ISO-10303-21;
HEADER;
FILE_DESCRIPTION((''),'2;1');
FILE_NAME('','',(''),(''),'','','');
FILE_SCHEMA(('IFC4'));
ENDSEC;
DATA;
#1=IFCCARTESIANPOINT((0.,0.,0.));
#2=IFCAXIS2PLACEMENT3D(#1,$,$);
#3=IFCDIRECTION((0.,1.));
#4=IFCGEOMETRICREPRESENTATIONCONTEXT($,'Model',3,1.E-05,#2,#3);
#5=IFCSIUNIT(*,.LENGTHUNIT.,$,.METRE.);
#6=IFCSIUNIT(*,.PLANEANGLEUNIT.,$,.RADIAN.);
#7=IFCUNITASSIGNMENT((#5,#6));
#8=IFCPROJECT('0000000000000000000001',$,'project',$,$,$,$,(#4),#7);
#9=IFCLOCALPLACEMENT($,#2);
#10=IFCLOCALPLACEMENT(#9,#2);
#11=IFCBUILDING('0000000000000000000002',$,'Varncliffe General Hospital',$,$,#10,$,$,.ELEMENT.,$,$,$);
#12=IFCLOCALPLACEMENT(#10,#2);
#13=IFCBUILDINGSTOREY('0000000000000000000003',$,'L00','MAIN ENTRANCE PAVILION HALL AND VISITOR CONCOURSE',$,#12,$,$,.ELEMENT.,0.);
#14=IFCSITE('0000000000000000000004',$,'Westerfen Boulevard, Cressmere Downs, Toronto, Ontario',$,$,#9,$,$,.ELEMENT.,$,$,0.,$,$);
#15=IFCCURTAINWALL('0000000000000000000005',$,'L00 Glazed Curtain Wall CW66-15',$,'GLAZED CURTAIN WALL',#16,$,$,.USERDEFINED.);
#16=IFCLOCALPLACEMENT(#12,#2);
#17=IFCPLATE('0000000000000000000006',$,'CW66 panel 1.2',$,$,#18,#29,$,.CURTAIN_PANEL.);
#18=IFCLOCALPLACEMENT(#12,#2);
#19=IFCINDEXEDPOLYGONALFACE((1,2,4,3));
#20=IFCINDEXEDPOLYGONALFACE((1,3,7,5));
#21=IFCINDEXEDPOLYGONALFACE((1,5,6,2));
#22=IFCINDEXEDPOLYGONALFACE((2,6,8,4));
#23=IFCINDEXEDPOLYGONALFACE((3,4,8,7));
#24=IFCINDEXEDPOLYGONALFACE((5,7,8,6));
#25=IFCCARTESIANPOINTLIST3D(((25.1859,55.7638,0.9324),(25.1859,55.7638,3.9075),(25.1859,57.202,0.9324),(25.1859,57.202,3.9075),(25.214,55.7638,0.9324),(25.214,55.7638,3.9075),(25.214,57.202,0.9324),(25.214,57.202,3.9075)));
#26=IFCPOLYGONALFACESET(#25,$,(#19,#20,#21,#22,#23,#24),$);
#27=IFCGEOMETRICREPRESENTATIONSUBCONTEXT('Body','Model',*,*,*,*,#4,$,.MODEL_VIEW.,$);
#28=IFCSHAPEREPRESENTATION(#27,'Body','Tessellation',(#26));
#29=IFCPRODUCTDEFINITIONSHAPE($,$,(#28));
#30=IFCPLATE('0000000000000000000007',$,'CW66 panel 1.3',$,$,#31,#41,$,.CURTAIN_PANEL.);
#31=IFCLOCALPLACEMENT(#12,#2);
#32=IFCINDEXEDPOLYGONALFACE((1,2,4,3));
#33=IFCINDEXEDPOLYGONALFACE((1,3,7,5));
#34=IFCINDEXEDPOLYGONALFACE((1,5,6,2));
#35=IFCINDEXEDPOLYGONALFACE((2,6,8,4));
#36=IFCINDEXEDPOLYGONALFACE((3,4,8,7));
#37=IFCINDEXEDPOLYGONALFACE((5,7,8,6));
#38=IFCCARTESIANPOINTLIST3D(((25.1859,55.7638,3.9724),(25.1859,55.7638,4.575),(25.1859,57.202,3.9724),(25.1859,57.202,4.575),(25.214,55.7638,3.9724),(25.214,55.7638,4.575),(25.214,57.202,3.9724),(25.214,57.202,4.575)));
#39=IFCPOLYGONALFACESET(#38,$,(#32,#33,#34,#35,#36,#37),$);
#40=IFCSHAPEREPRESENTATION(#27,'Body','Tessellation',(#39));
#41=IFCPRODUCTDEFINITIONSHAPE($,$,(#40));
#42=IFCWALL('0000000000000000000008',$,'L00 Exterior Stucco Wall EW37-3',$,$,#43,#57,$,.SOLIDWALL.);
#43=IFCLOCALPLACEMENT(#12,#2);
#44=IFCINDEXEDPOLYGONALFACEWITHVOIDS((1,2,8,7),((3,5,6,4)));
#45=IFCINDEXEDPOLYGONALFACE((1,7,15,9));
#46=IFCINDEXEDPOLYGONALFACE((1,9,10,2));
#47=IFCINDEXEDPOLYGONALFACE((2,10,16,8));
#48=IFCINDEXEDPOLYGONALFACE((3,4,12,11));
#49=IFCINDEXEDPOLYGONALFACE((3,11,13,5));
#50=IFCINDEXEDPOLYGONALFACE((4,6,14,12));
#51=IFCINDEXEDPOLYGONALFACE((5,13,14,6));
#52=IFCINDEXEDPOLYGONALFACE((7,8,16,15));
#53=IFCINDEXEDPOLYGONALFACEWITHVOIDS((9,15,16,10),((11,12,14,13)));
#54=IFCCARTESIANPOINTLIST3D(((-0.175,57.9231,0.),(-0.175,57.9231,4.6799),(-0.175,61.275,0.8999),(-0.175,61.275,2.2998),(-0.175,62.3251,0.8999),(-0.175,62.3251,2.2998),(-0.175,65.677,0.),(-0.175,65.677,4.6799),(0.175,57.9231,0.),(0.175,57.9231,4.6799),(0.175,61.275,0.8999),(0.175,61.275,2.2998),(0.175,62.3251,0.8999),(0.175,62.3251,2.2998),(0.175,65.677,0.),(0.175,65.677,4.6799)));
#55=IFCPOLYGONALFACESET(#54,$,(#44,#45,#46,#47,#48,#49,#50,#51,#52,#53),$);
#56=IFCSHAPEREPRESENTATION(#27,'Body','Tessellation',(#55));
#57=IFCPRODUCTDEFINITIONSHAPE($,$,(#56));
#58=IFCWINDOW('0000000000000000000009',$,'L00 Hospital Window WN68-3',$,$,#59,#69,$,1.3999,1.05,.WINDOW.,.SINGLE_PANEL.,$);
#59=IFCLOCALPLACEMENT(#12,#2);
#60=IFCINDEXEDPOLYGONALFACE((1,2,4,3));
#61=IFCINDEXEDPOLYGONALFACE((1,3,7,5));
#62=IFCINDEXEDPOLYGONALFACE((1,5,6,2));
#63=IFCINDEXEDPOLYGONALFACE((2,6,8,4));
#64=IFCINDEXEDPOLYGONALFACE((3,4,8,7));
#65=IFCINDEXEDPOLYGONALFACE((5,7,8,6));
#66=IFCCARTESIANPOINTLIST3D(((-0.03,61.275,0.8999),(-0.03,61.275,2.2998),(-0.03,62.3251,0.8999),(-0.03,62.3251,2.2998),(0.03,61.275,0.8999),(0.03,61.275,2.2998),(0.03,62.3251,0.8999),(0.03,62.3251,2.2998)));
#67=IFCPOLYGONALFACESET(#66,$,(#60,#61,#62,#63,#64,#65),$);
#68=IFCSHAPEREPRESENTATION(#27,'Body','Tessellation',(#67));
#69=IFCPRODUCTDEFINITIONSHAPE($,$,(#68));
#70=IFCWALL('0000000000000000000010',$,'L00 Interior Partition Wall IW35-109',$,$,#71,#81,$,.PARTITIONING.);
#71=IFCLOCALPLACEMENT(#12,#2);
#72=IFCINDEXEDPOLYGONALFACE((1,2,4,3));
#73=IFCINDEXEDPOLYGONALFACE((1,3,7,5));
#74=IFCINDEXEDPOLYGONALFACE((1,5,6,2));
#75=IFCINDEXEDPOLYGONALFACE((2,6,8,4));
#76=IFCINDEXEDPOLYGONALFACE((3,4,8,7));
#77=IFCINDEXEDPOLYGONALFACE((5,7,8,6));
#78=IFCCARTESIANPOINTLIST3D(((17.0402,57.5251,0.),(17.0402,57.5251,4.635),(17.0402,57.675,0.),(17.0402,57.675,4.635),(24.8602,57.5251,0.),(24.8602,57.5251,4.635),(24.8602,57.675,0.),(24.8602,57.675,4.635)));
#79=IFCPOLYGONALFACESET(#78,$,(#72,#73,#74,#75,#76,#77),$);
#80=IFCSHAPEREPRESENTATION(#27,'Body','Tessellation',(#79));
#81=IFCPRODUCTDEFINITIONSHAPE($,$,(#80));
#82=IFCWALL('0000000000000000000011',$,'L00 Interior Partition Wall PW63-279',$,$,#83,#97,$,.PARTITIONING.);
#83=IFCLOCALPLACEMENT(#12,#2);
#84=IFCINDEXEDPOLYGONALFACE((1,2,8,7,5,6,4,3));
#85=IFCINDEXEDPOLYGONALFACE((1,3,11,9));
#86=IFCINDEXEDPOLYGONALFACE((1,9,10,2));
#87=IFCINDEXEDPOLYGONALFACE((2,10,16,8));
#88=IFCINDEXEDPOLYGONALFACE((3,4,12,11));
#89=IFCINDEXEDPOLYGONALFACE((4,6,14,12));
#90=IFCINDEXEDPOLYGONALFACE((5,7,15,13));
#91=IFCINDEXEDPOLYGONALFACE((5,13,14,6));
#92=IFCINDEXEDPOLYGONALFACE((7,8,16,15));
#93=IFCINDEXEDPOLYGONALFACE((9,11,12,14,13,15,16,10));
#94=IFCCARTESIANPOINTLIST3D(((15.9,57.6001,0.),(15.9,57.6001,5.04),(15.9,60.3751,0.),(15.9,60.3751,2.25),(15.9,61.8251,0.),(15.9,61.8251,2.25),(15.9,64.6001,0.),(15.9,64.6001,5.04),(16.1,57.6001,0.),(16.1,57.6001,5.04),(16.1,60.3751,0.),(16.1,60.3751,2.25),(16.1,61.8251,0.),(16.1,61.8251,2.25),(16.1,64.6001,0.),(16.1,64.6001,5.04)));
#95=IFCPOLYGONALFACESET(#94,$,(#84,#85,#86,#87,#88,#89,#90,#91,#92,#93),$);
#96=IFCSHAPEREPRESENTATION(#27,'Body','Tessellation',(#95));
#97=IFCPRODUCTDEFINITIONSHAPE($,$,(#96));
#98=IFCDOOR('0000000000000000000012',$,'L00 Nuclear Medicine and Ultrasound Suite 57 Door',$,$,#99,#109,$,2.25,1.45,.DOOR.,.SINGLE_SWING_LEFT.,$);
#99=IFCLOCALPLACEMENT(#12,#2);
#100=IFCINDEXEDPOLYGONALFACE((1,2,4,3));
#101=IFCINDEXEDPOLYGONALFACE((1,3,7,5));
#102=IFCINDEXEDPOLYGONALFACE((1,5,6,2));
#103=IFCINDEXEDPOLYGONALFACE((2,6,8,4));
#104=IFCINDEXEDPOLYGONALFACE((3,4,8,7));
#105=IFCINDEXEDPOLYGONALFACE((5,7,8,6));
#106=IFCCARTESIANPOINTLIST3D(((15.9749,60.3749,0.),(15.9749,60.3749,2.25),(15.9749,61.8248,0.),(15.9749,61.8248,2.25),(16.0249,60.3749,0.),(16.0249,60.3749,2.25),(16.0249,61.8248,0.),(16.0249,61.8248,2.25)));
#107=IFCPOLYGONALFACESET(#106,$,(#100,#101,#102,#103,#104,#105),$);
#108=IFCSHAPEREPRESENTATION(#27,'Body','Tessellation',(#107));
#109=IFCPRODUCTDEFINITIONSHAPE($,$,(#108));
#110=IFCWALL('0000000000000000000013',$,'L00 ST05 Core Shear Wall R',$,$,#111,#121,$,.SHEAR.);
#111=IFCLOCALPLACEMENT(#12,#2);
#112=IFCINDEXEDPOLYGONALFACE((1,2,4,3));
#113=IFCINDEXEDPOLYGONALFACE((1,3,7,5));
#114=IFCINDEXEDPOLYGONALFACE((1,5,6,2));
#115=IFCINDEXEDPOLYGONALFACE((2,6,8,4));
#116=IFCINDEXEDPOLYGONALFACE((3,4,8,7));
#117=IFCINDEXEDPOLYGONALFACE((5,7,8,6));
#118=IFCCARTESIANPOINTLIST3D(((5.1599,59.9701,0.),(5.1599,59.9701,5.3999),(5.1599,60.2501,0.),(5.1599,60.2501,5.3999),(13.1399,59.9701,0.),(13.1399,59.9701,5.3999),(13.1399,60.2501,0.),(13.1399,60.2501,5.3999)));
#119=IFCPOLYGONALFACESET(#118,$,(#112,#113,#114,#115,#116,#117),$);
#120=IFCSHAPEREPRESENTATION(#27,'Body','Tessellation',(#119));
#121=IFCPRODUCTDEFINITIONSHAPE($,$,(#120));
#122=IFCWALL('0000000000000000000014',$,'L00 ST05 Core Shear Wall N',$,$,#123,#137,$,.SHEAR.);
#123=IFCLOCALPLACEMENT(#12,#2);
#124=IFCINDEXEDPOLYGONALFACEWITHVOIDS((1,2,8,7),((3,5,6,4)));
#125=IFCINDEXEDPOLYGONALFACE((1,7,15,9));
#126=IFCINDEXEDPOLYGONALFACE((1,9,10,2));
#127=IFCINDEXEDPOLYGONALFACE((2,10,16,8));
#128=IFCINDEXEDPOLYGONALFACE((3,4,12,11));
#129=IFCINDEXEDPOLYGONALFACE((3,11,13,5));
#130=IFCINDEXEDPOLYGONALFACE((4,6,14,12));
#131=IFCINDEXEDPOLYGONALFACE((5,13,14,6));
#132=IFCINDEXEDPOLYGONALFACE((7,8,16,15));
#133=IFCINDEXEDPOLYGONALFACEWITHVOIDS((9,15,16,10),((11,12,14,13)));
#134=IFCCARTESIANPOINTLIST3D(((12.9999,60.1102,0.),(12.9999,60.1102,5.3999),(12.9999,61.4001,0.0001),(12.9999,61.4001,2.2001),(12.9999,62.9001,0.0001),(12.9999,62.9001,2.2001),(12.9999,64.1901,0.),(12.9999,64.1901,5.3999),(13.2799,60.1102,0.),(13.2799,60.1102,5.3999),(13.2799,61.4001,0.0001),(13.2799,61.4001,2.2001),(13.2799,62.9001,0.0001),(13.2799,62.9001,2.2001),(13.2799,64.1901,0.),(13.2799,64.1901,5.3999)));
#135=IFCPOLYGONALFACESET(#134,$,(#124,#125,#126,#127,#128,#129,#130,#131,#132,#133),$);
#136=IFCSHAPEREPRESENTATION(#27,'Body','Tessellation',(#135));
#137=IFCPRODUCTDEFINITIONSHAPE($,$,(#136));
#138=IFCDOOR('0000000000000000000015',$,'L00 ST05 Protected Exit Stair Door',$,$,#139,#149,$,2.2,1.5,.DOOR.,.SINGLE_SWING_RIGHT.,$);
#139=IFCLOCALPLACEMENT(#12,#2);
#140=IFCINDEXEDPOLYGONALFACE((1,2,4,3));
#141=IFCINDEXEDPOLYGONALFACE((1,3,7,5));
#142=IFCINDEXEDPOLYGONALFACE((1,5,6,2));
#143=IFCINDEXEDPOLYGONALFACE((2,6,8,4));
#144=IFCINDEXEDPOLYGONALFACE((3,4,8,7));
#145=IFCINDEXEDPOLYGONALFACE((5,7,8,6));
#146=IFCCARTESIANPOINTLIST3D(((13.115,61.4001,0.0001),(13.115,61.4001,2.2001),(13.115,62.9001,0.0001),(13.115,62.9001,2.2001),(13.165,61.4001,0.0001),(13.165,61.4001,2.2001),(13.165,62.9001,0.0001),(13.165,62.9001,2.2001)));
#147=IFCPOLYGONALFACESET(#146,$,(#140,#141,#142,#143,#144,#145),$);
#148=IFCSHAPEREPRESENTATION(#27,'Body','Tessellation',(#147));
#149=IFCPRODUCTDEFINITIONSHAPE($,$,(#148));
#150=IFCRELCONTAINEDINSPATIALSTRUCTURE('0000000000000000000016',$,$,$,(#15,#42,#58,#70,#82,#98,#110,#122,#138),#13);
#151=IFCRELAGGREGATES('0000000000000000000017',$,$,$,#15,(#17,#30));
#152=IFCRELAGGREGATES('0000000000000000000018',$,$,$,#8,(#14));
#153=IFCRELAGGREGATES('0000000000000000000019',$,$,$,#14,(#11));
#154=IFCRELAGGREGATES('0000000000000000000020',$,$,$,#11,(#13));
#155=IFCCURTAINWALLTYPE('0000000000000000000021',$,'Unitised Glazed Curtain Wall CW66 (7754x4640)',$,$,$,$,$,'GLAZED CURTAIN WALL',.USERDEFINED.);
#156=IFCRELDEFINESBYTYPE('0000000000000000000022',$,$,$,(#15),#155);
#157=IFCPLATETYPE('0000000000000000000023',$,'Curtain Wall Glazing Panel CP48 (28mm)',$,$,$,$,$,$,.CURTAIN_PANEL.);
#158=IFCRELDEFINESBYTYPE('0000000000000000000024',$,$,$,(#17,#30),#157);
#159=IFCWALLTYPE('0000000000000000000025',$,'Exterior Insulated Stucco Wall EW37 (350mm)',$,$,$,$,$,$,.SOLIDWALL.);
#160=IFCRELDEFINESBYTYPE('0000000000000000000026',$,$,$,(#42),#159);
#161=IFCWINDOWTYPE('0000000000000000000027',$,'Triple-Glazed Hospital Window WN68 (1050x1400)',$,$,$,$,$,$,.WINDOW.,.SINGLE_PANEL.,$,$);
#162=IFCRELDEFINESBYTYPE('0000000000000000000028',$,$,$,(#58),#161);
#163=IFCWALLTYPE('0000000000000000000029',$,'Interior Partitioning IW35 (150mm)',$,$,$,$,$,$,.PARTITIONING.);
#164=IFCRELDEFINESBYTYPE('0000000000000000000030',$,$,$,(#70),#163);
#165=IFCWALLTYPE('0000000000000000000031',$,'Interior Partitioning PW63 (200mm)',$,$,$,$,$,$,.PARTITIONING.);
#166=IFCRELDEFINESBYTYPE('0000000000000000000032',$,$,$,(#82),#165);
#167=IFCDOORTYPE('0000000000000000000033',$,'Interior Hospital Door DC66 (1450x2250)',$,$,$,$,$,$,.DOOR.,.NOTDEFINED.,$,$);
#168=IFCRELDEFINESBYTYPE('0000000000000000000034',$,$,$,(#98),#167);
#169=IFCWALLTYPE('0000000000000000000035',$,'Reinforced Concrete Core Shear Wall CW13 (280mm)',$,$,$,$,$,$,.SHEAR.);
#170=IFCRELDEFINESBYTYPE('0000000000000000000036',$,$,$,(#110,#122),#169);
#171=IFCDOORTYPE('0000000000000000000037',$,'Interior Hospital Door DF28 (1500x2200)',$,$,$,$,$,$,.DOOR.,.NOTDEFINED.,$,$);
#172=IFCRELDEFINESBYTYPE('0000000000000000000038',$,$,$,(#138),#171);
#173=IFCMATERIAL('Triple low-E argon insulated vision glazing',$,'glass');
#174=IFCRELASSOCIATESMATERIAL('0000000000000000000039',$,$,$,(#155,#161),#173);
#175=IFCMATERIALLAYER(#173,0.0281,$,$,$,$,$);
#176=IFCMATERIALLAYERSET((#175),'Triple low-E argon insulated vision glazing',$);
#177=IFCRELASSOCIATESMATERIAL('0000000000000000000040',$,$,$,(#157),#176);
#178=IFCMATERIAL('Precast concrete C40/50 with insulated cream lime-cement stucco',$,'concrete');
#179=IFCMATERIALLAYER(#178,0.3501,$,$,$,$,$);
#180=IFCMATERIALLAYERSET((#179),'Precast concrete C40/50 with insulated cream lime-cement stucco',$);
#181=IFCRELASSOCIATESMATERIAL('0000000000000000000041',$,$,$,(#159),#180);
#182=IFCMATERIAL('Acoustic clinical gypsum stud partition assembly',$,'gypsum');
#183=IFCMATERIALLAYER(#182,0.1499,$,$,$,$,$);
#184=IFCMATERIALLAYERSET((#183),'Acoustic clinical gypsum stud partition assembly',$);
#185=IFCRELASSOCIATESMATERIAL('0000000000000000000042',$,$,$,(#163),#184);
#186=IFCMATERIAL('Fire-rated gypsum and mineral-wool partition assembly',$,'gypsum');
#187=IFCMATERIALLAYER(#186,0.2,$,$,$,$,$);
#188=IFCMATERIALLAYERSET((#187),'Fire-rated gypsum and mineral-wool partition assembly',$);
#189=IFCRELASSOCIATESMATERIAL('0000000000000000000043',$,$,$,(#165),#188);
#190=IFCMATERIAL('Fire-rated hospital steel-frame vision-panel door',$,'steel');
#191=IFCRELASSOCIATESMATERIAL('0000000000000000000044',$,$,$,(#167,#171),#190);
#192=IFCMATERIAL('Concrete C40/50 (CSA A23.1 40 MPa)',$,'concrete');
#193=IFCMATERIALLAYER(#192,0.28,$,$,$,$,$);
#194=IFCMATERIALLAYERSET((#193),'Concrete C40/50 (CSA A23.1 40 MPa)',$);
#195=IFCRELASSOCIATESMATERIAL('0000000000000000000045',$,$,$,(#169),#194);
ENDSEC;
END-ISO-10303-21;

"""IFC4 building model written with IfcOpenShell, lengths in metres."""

from ifc_helpers import new_model, si_unit, direction, frame, frame_2d, origin, origin_2d, place, context, subcontext, project, spatial, rectangle, extrude, material, layer, layer_set, type_object, element, fill, aggregate, save


model = new_model("IFC4")

# Units and contexts
model_context = context("Model", 3, precision=1e-05, world=origin(), true_north=direction((0.0, 1.0)))
body_context = subcontext(model_context, "Body", "Model", "MODEL_VIEW")
ifc_project = project(units=[si_unit("LENGTHUNIT", "METRE"), si_unit("PLANEANGLEUNIT", "RADIAN")], contexts=[model_context])

# Site, building, storey
site_placement = place(None, origin())
site = spatial("IfcSite", under=ifc_project, at=site_placement, Name="Westerfen Boulevard, Cressmere Downs, Toronto, Ontario", CompositionType="ELEMENT", RefElevation=0.0)
building_placement = place(site_placement, origin())
building = spatial("IfcBuilding", under=site, at=building_placement, Name="Varncliffe General Hospital", CompositionType="ELEMENT")
storey_placement = place(building_placement, origin())
storey = spatial("IfcBuildingStorey", under=building, at=storey_placement, Name="L00", Description="MAIN ENTRANCE PAVILION HALL AND VISITOR CONCOURSE", CompositionType="ELEMENT", Elevation=0.0)

# Shared definitions
ifc_material_1 = material(Name="Concrete C40/50 (CSA A23.1 40 MPa)", Category="concrete")

# Curtain wall
ifc_material_2 = material(Name="Triple low-E argon insulated vision glazing", Category="glass")
curtain_wall_type = type_object("IfcCurtainWallType", Name="Unitised Glazed Curtain Wall CW66 (7754x4640)", ElementType="GLAZED CURTAIN WALL", PredefinedType="USERDEFINED", material=ifc_material_2)
curtain_wall_placement = place(storey_placement, origin())
curtain_wall = element("IfcCurtainWall", 1, at=curtain_wall_placement, inside=storey, type_object=curtain_wall_type, Name="L00 Glazed Curtain Wall CW66-15", ObjectType="GLAZED CURTAIN WALL", PredefinedType="USERDEFINED")

# Plates
ifc_layer_1 = layer(ifc_material_2, 0.0281)
ifc_layer_set_1 = layer_set([ifc_layer_1], Name="Triple low-E argon insulated vision glazing")
plate_type = type_object("IfcPlateType", Name="Curtain Wall Glazing Panel CP48 (28mm)", PredefinedType="CURTAIN_PANEL", material=ifc_layer_set_1)
plate_1_placement = place(storey_placement, frame((25.2, 56.4829, 0.9324), z_axis=(0.0, 0.0, 1.0), x_axis=(0.0, -1.0, 0.0)))
plate_1 = element("IfcPlate", 2, at=plate_1_placement, type_object=plate_type, Name="CW66 panel 1.2", PredefinedType="CURTAIN_PANEL", context=body_context, shape_type="SweptSolid", body=[
    extrude(rectangle(XDim=1.4382, YDim=0.0281, at=origin_2d()), origin(), (0.0, 0.0, 1.0), 2.9751),
])
plate_2_placement = place(storey_placement, frame((25.2, 56.4829, 3.9724), z_axis=(0.0, 0.0, 1.0), x_axis=(0.0, -1.0, 0.0)))
plate_2 = element("IfcPlate", 3, at=plate_2_placement, type_object=plate_type, Name="CW66 panel 1.3", PredefinedType="CURTAIN_PANEL", context=body_context, shape_type="SweptSolid", body=[
    extrude(rectangle(XDim=1.4382, YDim=0.0281, at=origin_2d()), origin(), (0.0, 0.0, 1.0), 0.6025),
])
aggregate(curtain_wall, [plate_1, plate_2])

# Wall, opening, window
ifc_material_3 = material(Name="Precast concrete C40/50 with insulated cream lime-cement stucco", Category="concrete")
ifc_layer_2 = layer(ifc_material_3, 0.3501)
ifc_layer_set_2 = layer_set([ifc_layer_2], Name="Precast concrete C40/50 with insulated cream lime-cement stucco")
wall_type_1 = type_object("IfcWallType", Name="Exterior Insulated Stucco Wall EW37 (350mm)", PredefinedType="SOLIDWALL", material=ifc_layer_set_2)
wall_1_placement = place(storey_placement, frame((0.0, 57.9231, 0.0), z_axis=(0.0, 0.0, 1.0), x_axis=(0.0, 1.0, 0.0)))
wall_1 = element("IfcWall", 4, at=wall_1_placement, inside=storey, type_object=wall_type_1, Name="L00 Exterior Stucco Wall EW37-3", PredefinedType="SOLIDWALL", context=body_context, shape_type="SweptSolid", body=[
    extrude(rectangle(XDim=7.7539, YDim=0.3501, at=frame_2d((3.877, 0.0))), origin(), (0.0, 0.0, 1.0), 4.6799),
])
opening_1_placement = place(wall_1_placement, frame((3.3521, 0.0, 0.8999)))
opening_1 = element("IfcOpeningElement", 5, at=opening_1_placement, cuts=wall_1, PredefinedType="OPENING", context=body_context, shape_type="SweptSolid", body=[
    extrude(rectangle(XDim=1.05, YDim=1.3999, at=frame_2d((0.5249, 0.7))), frame((0.0, 0.1851, 0.0), z_axis=(0.0, -1.0, 0.0), x_axis=(1.0, 0.0, 0.0)), (0.0, 0.0, 1.0), 0.3701),
])
window_type = type_object("IfcWindowType", Name="Triple-Glazed Hospital Window WN68 (1050x1400)", PartitioningType="SINGLE_PANEL", PredefinedType="WINDOW", material=ifc_material_2)
window_placement = place(opening_1_placement, origin())
window = element("IfcWindow", 6, at=window_placement, inside=storey, type_object=window_type, Name="L00 Hospital Window WN68-3", OverallHeight=1.3999, OverallWidth=1.05, PartitioningType="SINGLE_PANEL", PredefinedType="WINDOW", context=body_context, shape_type="SweptSolid", body=[
    extrude(rectangle(XDim=1.05, YDim=1.3999, at=frame_2d((0.5249, 0.7))), frame((0.0, 0.03, 0.0), z_axis=(0.0, -1.0, 0.0), x_axis=(1.0, 0.0, 0.0)), (0.0, 0.0, 1.0), 0.0601),
])
fill(opening_1, window)

# Wall
ifc_material_4 = material(Name="Acoustic clinical gypsum stud partition assembly", Category="gypsum")
ifc_layer_3 = layer(ifc_material_4, 0.1499)
ifc_layer_set_3 = layer_set([ifc_layer_3], Name="Acoustic clinical gypsum stud partition assembly")
wall_type_2 = type_object("IfcWallType", Name="Interior Partitioning IW35 (150mm)", PredefinedType="PARTITIONING", material=ifc_layer_set_3)
wall_2_placement = place(storey_placement, frame((17.04, 57.6001, 0.0), z_axis=(0.0, 0.0, 1.0), x_axis=(1.0, 0.0, 0.0)))
element("IfcWall", 7, at=wall_2_placement, inside=storey, type_object=wall_type_2, Name="L00 Interior Partition Wall IW35-109", PredefinedType="PARTITIONING", context=body_context, shape_type="SweptSolid", body=[
    extrude(rectangle(XDim=7.8201, YDim=0.1499, at=frame_2d((3.9102, 0.0))), origin(), (0.0, 0.0, 1.0), 4.635),
])

# Wall, opening, door
ifc_material_5 = material(Name="Fire-rated gypsum and mineral-wool partition assembly", Category="gypsum")
ifc_layer_4 = layer(ifc_material_5, 0.2)
ifc_layer_set_4 = layer_set([ifc_layer_4], Name="Fire-rated gypsum and mineral-wool partition assembly")
wall_type_3 = type_object("IfcWallType", Name="Interior Partitioning PW63 (200mm)", PredefinedType="PARTITIONING", material=ifc_layer_set_4)
wall_3_placement = place(storey_placement, frame((16.0, 57.6001, 0.0), z_axis=(0.0, 0.0, 1.0), x_axis=(0.0, 1.0, 0.0)))
wall_3 = element("IfcWall", 8, at=wall_3_placement, inside=storey, type_object=wall_type_3, Name="L00 Interior Partition Wall PW63-279", PredefinedType="PARTITIONING", context=body_context, shape_type="SweptSolid", body=[
    extrude(rectangle(XDim=7.0, YDim=0.2, at=frame_2d((3.5, 0.0))), origin(), (0.0, 0.0, 1.0), 5.04),
])
opening_2_placement = place(wall_3_placement, frame((2.7749, 0.0, 0.0)))
opening_2 = element("IfcOpeningElement", 9, at=opening_2_placement, cuts=wall_3, PredefinedType="OPENING", context=body_context, shape_type="SweptSolid", body=[
    extrude(rectangle(XDim=1.45, YDim=2.25, at=frame_2d((0.7251, 1.125))), frame((0.0, 0.1099, 0.0), z_axis=(0.0, -1.0, 0.0), x_axis=(1.0, 0.0, 0.0)), (0.0, 0.0, 1.0), 0.22),
])
ifc_material_6 = material(Name="Fire-rated hospital steel-frame vision-panel door", Category="steel")
door_type_1 = type_object("IfcDoorType", Name="Interior Hospital Door DC66 (1450x2250)", OperationType="NOTDEFINED", PredefinedType="DOOR", material=ifc_material_6)
door_1_placement = place(opening_2_placement, frame((1.45, 0.0, 0.0), z_axis=(0.0, 0.0, 1.0), x_axis=(-1.0, 0.0, 0.0)))
door_1 = element("IfcDoor", 10, at=door_1_placement, inside=storey, type_object=door_type_1, Name="L00 Nuclear Medicine and Ultrasound Suite 57 Door", OperationType="SINGLE_SWING_LEFT", OverallHeight=2.25, OverallWidth=1.45, PredefinedType="DOOR", context=body_context, shape_type="SweptSolid", body=[
    extrude(rectangle(XDim=1.45, YDim=2.25, at=frame_2d((0.7251, 1.125))), frame((0.0, 0.0249, 0.0), z_axis=(0.0, -1.0, 0.0), x_axis=(1.0, 0.0, 0.0)), (0.0, 0.0, 1.0), 0.05),
])
fill(opening_2, door_1)

# Wall
ifc_layer_5 = layer(ifc_material_1, 0.28)
ifc_layer_set_5 = layer_set([ifc_layer_5], Name="Concrete C40/50 (CSA A23.1 40 MPa)")
wall_type_4 = type_object("IfcWallType", Name="Reinforced Concrete Core Shear Wall CW13 (280mm)", PredefinedType="SHEAR", material=ifc_layer_set_5)
wall_4_placement = place(storey_placement, frame((5.1599, 60.1101, 0.0), z_axis=(0.0, 0.0, 1.0), x_axis=(1.0, 0.0, 0.0)))
element("IfcWall", 11, at=wall_4_placement, inside=storey, type_object=wall_type_4, Name="L00 ST05 Core Shear Wall R", PredefinedType="SHEAR", context=body_context, shape_type="SweptSolid", body=[
    extrude(rectangle(XDim=7.98, YDim=0.28, at=frame_2d((3.99, 0.0))), origin(), (0.0, 0.0, 1.0), 5.3999),
])

# Wall, opening, door
wall_5_placement = place(storey_placement, frame((13.1399, 60.1101, 0.0), z_axis=(0.0, 0.0, 1.0), x_axis=(0.0, 1.0, 0.0)))
wall_5 = element("IfcWall", 12, at=wall_5_placement, inside=storey, type_object=wall_type_4, Name="L00 ST05 Core Shear Wall N", PredefinedType="SHEAR", context=body_context, shape_type="SweptSolid", body=[
    extrude(rectangle(XDim=4.0798, YDim=0.28, at=frame_2d((2.04, 0.0))), origin(), (0.0, 0.0, 1.0), 5.3999),
])
opening_3_placement = place(wall_5_placement, frame((1.29, 0.0, 0.0)))
opening_3 = element("IfcOpeningElement", 13, at=opening_3_placement, cuts=wall_5, PredefinedType="OPENING", context=body_context, shape_type="SweptSolid", body=[
    extrude(rectangle(XDim=1.5, YDim=2.2, at=frame_2d((0.75, 1.1001))), frame((0.0, 0.1499, 0.0), z_axis=(0.0, -1.0, 0.0), x_axis=(1.0, 0.0, 0.0)), (0.0, 0.0, 1.0), 0.3),
])
door_type_2 = type_object("IfcDoorType", Name="Interior Hospital Door DF28 (1500x2200)", OperationType="NOTDEFINED", PredefinedType="DOOR", material=ifc_material_6)
door_2_placement = place(opening_3_placement, origin())
door_2 = element("IfcDoor", 14, at=door_2_placement, inside=storey, type_object=door_type_2, Name="L00 ST05 Protected Exit Stair Door", OperationType="SINGLE_SWING_RIGHT", OverallHeight=2.2, OverallWidth=1.5, PredefinedType="DOOR", context=body_context, shape_type="SweptSolid", body=[
    extrude(rectangle(XDim=1.5, YDim=2.2, at=frame_2d((0.75, 1.1001))), frame((0.0, 0.0249, 0.0), z_axis=(0.0, -1.0, 0.0), x_axis=(1.0, 0.0, 0.0)), (0.0, 0.0, 1.0), 0.05),
])
fill(opening_3, door_2)

save(model, "model.ifc")
